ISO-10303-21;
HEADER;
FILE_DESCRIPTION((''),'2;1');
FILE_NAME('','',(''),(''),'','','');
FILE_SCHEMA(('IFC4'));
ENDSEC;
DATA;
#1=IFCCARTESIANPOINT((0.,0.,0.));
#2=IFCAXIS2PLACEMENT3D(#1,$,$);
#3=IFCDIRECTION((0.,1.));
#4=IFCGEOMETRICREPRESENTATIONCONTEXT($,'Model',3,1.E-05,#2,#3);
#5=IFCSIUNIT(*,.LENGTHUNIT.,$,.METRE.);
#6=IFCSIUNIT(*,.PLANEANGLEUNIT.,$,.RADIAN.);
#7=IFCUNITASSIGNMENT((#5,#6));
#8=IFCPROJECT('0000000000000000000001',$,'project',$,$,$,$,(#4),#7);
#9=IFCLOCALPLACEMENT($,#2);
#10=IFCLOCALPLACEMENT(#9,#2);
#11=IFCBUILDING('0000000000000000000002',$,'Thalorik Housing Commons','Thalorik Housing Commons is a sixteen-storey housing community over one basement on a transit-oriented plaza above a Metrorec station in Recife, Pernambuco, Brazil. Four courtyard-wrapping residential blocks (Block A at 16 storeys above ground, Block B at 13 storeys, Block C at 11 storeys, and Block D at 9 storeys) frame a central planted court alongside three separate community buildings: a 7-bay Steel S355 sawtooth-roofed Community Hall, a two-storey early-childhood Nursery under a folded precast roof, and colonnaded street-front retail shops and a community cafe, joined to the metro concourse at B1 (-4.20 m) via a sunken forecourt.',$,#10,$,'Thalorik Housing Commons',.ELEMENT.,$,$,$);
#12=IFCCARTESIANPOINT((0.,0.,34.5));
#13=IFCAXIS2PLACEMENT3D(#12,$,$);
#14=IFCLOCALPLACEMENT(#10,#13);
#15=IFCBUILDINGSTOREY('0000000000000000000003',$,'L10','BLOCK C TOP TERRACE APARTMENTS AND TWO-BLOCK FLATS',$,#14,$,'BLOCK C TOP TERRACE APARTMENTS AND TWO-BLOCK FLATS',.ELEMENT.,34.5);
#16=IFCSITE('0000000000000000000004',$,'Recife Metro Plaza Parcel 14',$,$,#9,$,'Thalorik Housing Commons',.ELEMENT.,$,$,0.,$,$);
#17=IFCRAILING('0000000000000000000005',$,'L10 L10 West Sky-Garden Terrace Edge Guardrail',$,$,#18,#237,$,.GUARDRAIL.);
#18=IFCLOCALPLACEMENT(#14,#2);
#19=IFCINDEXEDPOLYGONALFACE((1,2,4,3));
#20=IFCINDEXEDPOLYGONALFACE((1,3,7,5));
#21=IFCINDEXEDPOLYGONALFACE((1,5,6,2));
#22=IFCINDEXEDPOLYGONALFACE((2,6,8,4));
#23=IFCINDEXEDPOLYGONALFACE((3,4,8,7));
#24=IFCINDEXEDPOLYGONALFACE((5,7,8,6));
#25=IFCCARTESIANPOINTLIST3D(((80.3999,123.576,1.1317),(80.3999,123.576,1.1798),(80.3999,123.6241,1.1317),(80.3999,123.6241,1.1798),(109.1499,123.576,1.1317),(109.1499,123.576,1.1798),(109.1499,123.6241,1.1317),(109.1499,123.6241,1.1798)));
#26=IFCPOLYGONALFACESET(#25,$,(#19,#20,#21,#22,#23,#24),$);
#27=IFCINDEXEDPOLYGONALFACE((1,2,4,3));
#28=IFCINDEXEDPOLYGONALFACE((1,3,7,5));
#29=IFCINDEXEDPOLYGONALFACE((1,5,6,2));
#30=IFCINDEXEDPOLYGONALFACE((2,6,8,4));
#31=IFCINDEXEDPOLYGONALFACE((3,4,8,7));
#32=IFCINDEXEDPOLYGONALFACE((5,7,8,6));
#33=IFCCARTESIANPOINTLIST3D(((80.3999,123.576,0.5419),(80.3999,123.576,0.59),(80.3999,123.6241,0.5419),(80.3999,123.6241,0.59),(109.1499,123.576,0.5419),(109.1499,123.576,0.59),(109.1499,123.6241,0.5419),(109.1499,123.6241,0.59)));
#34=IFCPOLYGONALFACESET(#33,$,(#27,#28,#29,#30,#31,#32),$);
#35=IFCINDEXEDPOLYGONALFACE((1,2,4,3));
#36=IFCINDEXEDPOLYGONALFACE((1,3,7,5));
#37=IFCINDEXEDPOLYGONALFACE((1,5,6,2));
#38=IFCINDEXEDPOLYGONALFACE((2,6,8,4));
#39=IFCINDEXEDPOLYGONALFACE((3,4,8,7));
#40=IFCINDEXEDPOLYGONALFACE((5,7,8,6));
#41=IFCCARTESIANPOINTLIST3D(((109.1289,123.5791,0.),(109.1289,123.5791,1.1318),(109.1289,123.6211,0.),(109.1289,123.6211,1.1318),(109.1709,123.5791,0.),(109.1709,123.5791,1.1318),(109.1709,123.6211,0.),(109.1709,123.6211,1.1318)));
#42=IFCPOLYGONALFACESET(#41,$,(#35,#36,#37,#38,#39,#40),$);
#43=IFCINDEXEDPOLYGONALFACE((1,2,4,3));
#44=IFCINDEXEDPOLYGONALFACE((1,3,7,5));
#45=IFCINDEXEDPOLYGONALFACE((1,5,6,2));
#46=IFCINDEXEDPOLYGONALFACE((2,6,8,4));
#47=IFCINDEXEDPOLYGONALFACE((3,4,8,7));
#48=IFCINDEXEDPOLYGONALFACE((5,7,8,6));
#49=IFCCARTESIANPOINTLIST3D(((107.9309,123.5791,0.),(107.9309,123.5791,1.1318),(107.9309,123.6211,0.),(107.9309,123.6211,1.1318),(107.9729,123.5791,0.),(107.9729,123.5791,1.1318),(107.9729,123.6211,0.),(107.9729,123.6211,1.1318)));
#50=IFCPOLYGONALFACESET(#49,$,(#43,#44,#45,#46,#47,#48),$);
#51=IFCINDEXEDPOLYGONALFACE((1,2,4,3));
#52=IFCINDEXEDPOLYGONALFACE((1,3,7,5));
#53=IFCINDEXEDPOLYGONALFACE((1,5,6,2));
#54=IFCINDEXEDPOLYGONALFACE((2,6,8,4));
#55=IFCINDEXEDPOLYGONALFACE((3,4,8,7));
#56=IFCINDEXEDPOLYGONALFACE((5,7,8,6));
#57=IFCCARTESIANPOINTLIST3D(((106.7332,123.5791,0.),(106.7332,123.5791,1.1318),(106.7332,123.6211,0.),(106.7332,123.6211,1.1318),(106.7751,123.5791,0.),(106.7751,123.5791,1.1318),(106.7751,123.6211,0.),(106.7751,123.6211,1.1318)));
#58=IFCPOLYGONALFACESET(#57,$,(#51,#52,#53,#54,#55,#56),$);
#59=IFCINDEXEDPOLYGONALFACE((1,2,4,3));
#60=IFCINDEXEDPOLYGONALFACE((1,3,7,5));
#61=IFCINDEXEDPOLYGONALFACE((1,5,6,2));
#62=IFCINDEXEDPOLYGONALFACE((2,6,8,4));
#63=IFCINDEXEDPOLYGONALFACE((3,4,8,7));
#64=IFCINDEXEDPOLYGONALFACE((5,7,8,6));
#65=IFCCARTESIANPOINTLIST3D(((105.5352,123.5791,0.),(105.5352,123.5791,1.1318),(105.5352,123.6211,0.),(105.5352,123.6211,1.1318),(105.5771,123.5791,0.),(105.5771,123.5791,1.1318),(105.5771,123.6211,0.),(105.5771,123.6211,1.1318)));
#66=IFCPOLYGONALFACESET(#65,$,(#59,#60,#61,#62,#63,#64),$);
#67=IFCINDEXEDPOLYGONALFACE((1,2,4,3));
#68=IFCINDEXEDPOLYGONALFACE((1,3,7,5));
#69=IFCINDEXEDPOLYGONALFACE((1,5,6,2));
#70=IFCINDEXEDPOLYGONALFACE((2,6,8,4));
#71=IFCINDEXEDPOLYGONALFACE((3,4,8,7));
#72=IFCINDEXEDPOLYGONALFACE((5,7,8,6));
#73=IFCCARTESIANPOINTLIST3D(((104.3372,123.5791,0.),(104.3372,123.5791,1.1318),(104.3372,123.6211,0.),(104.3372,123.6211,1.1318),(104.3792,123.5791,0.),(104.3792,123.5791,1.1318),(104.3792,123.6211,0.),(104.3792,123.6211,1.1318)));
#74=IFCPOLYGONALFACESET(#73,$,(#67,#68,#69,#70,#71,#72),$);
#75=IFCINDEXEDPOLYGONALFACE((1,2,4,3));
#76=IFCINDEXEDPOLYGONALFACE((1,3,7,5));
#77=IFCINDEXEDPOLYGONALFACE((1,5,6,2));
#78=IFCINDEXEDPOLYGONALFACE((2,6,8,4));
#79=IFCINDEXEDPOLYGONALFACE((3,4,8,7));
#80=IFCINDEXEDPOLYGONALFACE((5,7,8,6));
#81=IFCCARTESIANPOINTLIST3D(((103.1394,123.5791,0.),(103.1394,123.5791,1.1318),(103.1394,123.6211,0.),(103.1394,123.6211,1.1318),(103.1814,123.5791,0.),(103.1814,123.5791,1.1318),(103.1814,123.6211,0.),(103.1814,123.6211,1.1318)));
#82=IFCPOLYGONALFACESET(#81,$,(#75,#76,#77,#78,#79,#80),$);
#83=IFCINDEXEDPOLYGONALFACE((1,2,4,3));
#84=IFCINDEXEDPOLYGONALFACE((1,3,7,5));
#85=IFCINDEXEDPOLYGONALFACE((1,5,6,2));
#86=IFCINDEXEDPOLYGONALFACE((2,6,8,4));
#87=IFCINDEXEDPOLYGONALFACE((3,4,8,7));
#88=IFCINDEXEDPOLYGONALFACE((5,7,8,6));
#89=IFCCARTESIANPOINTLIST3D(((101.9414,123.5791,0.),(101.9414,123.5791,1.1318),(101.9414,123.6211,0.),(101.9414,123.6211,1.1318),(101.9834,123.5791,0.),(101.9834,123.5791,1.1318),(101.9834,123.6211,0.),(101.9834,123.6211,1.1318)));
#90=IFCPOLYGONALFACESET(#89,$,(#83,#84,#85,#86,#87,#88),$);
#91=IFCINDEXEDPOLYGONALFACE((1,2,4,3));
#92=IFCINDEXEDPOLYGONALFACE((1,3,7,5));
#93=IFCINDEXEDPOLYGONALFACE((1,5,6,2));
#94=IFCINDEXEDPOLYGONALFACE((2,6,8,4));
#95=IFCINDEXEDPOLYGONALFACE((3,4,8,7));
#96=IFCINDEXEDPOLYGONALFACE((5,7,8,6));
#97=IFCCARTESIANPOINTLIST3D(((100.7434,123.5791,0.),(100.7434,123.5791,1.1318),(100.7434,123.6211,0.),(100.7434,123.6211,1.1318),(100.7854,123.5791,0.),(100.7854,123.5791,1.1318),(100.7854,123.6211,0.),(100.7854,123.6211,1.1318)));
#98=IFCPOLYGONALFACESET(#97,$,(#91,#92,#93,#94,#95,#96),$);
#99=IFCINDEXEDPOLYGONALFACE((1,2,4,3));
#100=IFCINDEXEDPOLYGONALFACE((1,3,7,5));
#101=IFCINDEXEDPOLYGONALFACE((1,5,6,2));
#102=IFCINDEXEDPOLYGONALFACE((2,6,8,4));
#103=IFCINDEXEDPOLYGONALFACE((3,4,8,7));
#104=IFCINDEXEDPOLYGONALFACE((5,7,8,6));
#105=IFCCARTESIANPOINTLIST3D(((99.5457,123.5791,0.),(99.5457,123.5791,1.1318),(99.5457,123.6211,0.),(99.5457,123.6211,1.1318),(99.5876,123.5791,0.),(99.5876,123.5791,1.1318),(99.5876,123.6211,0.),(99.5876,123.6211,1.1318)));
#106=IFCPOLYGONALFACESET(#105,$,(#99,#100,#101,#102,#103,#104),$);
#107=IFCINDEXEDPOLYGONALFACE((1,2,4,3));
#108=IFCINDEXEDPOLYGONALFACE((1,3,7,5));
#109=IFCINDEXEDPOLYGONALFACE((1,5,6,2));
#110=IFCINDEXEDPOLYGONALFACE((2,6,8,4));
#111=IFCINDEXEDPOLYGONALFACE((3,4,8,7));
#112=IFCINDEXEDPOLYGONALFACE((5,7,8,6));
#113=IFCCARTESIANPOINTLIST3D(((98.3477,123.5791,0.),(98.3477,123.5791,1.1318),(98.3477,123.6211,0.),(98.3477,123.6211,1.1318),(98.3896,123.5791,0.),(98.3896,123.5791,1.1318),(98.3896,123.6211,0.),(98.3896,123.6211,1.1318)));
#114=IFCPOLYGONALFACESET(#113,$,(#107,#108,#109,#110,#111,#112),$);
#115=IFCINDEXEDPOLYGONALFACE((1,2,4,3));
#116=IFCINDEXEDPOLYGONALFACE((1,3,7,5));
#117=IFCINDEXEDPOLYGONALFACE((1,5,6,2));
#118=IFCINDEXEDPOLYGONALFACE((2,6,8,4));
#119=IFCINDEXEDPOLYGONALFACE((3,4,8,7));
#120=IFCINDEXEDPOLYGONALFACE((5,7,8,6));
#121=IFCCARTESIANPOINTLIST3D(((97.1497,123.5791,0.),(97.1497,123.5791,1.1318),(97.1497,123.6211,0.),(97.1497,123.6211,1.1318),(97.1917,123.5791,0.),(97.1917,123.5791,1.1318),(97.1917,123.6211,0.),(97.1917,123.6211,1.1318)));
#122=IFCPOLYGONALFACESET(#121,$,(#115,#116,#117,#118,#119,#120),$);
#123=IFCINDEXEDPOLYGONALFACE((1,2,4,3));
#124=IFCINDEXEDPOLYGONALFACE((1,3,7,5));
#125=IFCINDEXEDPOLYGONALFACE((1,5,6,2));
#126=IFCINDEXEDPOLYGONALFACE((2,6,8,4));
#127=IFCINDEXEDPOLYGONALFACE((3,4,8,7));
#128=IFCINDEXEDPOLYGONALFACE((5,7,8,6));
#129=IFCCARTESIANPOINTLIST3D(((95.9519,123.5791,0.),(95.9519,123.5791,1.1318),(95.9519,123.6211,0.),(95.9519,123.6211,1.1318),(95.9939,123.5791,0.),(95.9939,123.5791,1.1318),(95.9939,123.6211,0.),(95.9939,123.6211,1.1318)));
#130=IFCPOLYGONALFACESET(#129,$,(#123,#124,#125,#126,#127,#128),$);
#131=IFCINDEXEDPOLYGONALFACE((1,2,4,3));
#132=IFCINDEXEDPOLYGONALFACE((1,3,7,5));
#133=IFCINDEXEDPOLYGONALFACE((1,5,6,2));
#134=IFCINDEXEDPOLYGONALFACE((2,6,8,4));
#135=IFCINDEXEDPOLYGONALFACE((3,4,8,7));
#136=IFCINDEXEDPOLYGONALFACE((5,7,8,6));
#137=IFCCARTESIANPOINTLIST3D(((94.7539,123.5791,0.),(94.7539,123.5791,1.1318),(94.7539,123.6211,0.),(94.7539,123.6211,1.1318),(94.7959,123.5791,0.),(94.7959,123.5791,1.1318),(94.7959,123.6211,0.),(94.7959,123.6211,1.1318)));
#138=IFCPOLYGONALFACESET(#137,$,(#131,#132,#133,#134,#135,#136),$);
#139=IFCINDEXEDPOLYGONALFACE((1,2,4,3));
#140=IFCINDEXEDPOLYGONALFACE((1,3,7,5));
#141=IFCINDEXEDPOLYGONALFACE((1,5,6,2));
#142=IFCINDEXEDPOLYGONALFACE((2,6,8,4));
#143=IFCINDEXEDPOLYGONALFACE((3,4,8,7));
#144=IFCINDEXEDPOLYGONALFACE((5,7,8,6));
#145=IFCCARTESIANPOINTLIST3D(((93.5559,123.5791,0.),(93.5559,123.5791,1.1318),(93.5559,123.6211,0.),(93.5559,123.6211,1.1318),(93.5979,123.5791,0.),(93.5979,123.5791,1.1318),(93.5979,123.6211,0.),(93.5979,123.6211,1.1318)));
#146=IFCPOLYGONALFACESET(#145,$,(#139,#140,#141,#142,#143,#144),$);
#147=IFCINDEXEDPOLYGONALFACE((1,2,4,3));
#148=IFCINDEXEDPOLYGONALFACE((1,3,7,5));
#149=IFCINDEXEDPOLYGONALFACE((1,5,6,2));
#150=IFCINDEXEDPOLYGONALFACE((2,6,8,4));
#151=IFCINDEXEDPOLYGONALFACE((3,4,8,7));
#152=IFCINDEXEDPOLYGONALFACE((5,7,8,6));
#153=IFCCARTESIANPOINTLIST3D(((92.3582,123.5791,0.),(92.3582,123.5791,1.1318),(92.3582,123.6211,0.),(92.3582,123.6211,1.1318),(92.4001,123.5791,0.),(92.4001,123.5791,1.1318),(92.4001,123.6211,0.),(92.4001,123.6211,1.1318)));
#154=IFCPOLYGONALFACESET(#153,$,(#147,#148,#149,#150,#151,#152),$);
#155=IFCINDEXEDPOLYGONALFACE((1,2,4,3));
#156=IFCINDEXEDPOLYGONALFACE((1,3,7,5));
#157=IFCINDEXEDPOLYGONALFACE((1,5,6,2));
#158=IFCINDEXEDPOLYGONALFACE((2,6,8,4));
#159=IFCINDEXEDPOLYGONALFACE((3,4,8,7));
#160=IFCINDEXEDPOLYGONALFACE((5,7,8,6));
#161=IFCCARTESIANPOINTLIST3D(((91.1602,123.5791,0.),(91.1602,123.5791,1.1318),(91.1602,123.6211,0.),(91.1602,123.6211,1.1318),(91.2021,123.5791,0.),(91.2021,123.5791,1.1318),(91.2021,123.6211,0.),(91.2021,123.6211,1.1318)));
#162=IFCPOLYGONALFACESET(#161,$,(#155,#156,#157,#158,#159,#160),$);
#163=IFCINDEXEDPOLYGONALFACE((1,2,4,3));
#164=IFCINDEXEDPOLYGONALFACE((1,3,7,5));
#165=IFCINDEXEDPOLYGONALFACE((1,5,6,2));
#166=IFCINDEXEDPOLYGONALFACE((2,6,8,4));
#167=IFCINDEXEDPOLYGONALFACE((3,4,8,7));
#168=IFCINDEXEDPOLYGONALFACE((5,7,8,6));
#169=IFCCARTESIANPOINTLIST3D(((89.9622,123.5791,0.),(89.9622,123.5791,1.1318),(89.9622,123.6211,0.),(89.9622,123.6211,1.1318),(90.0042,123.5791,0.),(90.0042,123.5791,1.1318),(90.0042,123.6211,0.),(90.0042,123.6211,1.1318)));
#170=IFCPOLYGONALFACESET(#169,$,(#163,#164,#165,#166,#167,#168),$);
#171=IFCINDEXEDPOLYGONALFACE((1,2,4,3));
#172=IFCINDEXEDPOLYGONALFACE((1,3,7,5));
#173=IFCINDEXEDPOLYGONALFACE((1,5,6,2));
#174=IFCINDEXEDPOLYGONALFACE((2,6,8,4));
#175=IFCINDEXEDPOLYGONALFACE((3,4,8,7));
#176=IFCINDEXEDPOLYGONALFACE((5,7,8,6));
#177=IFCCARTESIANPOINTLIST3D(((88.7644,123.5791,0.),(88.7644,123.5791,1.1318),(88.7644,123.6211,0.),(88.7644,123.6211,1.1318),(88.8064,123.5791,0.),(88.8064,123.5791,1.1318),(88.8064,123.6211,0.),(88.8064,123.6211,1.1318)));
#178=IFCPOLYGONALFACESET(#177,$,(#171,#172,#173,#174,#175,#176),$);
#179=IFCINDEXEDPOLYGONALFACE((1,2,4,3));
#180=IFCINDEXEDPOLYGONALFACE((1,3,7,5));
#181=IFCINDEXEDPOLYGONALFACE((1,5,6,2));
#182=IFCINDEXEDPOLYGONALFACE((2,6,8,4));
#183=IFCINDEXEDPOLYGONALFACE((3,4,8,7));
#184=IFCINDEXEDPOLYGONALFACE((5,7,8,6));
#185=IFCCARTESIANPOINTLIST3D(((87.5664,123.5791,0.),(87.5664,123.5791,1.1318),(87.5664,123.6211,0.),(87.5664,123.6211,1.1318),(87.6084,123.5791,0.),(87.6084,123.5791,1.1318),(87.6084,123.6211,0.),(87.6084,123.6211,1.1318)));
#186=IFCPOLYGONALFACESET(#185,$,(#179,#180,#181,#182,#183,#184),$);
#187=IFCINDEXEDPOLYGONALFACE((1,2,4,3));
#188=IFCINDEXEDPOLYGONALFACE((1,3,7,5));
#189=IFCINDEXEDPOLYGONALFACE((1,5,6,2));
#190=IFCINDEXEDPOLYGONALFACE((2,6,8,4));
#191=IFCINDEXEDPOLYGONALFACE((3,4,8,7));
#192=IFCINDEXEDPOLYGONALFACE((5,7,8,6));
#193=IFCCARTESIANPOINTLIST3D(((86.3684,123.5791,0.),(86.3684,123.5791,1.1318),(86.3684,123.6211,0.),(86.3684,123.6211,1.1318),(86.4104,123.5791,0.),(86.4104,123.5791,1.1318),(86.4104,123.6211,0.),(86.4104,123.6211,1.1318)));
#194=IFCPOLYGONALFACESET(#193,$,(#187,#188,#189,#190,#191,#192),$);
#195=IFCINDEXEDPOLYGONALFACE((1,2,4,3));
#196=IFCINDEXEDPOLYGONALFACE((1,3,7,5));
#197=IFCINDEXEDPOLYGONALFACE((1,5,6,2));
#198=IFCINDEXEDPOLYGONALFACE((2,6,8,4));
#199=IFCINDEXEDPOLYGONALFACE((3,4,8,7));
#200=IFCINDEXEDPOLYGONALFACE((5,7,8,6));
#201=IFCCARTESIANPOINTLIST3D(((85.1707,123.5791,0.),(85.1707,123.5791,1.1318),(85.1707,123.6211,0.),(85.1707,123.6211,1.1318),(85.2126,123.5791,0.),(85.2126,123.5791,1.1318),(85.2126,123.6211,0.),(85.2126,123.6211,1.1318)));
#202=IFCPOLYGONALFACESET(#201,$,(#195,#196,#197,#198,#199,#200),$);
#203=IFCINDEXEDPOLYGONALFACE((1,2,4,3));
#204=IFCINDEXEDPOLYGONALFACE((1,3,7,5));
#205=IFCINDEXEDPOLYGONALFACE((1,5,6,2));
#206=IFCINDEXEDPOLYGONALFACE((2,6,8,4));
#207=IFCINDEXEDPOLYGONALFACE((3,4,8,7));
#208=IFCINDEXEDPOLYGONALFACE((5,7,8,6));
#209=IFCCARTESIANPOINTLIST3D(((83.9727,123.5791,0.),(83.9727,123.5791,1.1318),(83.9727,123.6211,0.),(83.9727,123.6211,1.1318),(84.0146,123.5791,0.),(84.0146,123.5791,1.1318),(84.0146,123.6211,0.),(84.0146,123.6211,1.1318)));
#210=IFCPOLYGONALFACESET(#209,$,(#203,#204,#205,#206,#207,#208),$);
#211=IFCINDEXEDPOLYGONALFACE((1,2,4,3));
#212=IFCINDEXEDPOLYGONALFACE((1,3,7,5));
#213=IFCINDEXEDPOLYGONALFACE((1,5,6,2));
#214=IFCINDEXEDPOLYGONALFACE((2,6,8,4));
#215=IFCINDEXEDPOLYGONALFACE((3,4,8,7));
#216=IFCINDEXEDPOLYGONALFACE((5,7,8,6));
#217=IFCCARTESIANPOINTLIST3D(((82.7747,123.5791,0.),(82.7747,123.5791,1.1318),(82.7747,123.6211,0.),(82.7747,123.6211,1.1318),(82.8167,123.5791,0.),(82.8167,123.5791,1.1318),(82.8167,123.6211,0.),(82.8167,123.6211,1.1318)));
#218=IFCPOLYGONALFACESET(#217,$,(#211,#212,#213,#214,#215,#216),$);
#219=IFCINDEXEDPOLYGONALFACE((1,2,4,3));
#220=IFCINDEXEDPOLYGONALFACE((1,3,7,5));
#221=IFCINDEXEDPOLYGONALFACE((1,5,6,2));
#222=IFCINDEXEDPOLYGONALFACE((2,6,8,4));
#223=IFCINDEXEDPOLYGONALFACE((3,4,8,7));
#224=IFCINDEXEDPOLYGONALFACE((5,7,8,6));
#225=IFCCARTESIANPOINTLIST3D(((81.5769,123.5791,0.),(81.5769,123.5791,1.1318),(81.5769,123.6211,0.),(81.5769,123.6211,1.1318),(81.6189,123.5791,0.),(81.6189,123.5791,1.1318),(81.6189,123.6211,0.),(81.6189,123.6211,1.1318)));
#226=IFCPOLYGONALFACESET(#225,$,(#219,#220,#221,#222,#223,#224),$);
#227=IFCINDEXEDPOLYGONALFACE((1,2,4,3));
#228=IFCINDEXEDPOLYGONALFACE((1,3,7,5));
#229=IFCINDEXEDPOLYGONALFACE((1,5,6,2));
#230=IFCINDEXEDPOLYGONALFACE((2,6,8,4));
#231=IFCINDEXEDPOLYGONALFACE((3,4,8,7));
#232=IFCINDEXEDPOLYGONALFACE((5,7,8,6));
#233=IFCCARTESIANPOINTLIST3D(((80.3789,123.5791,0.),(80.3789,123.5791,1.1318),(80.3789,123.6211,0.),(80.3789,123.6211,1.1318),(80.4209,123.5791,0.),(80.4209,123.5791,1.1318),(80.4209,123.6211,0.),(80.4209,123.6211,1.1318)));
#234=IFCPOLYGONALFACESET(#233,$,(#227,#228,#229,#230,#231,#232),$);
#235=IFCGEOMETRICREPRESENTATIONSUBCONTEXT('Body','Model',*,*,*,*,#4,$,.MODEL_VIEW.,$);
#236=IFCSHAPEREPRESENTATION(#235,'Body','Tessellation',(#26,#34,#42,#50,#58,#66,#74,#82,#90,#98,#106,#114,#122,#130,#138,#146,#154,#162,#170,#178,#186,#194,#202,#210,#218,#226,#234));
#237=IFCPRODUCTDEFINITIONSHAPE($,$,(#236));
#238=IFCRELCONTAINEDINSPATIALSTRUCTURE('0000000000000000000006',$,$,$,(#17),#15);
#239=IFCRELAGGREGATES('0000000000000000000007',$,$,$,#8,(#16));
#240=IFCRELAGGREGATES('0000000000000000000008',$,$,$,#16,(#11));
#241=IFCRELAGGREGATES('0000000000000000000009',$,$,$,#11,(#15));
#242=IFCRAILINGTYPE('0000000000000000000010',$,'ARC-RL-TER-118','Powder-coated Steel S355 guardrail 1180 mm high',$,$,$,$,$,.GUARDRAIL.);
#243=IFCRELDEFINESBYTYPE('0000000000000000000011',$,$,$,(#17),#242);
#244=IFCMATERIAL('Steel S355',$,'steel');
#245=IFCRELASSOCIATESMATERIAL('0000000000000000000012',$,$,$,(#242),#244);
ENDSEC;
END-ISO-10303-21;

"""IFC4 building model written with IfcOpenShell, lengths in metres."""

from ifc_helpers import new_model, si_unit, direction, frame, origin, origin_2d, place, context, subcontext, project, spatial, rectangle, extrude, material, type_object, element, save


model = new_model("IFC4")

# Units and contexts
model_context = context("Model", 3, precision=1e-05, world=origin(), true_north=direction((0.0, 1.0)))
body_context = subcontext(model_context, "Body", "Model", "MODEL_VIEW")
ifc_project = project(units=[si_unit("LENGTHUNIT", "METRE"), si_unit("PLANEANGLEUNIT", "RADIAN")], contexts=[model_context])

# Site, building, storey
site_placement = place(None, origin())
site = spatial("IfcSite", under=ifc_project, at=site_placement, Name="Recife Metro Plaza Parcel 14", LongName="Thalorik Housing Commons", CompositionType="ELEMENT", RefElevation=0.0)
building_placement = place(site_placement, origin())
building = spatial("IfcBuilding", under=site, at=building_placement, Name="Thalorik Housing Commons", Description="Thalorik Housing Commons is a sixteen-storey housing community over one basement on a transit-oriented plaza above a Metrorec station in Recife, Pernambuco, Brazil. Four courtyard-wrapping residential blocks (Block A at 16 storeys above ground, Block B at 13 storeys, Block C at 11 storeys, and Block D at 9 storeys) frame a central planted court alongside three separate community buildings: a 7-bay Steel S355 sawtooth-roofed Community Hall, a two-storey early-childhood Nursery under a folded precast roof, and colonnaded street-front retail shops and a community cafe, joined to the metro concourse at B1 (-4.20 m) via a sunken forecourt.", LongName="Thalorik Housing Commons", CompositionType="ELEMENT")
storey_placement = place(building_placement, frame((0.0, 0.0, 34.5)))
storey = spatial("IfcBuildingStorey", under=building, at=storey_placement, Name="L10", Description="BLOCK C TOP TERRACE APARTMENTS AND TWO-BLOCK FLATS", LongName="BLOCK C TOP TERRACE APARTMENTS AND TWO-BLOCK FLATS", CompositionType="ELEMENT", Elevation=34.5)

# Railing
ifc_material_1 = material(Name="Steel S355", Category="steel")
railing_type_1 = type_object("IfcRailingType", Name="ARC-RL-TER-118", Description="Powder-coated Steel S355 guardrail 1180 mm high", PredefinedType="GUARDRAIL", material=ifc_material_1)
railing_1_placement = place(storey_placement, frame((109.1499, 123.6001, 0.0)))
element("IfcRailing", 1, at=railing_1_placement, inside=storey, type_object=railing_type_1, Name="L10 L10 West Sky-Garden Terrace Edge Guardrail", PredefinedType="GUARDRAIL", context=body_context, shape_type="SweptSolid", body=[
    extrude(rectangle(XDim=0.0481, YDim=0.0481, at=origin_2d()), frame((0.0, 0.0, 1.1558), z_axis=(-1.0, 0.0, 0.0), x_axis=(0.0, -1.0, 0.0)), (0.0, 0.0, 1.0), 28.75),
    extrude(rectangle(XDim=0.0481, YDim=0.0481, at=origin_2d()), frame((0.0, 0.0, 0.5659), z_axis=(-1.0, 0.0, 0.0), x_axis=(0.0, -1.0, 0.0)), (0.0, 0.0, 1.0), 28.75),
    extrude(rectangle(XDim=0.042, YDim=0.042, at=origin_2d()), origin(), (0.0, 0.0, 1.0), 1.1318),
    extrude(rectangle(XDim=0.042, YDim=0.042, at=origin_2d()), frame((-1.198, 0.0, 0.0)), (0.0, 0.0, 1.0), 1.1318),
    extrude(rectangle(XDim=0.042, YDim=0.042, at=origin_2d()), frame((-2.3958, 0.0, 0.0)), (0.0, 0.0, 1.0), 1.1318),
    extrude(rectangle(XDim=0.042, YDim=0.042, at=origin_2d()), frame((-3.5938, 0.0, 0.0)), (0.0, 0.0, 1.0), 1.1318),
    extrude(rectangle(XDim=0.042, YDim=0.042, at=origin_2d()), frame((-4.7917, 0.0, 0.0)), (0.0, 0.0, 1.0), 1.1318),
    extrude(rectangle(XDim=0.042, YDim=0.042, at=origin_2d()), frame((-5.9895, 0.0, 0.0)), (0.0, 0.0, 1.0), 1.1318),
    extrude(rectangle(XDim=0.042, YDim=0.042, at=origin_2d()), frame((-7.1875, 0.0, 0.0)), (0.0, 0.0, 1.0), 1.1318),
    extrude(rectangle(XDim=0.042, YDim=0.042, at=origin_2d()), frame((-8.3855, 0.0, 0.0)), (0.0, 0.0, 1.0), 1.1318),
    extrude(rectangle(XDim=0.042, YDim=0.042, at=origin_2d()), frame((-9.5833, 0.0, 0.0)), (0.0, 0.0, 1.0), 1.1318),
    extrude(rectangle(XDim=0.042, YDim=0.042, at=origin_2d()), frame((-10.7812, 0.0, 0.0)), (0.0, 0.0, 1.0), 1.1318),
    extrude(rectangle(XDim=0.042, YDim=0.042, at=origin_2d()), frame((-11.9792, 0.0, 0.0)), (0.0, 0.0, 1.0), 1.1318),
    extrude(rectangle(XDim=0.042, YDim=0.042, at=origin_2d()), frame((-13.177, 0.0, 0.0)), (0.0, 0.0, 1.0), 1.1318),
    extrude(rectangle(XDim=0.042, YDim=0.042, at=origin_2d()), frame((-14.375, 0.0, 0.0)), (0.0, 0.0, 1.0), 1.1318),
    extrude(rectangle(XDim=0.042, YDim=0.042, at=origin_2d()), frame((-15.573, 0.0, 0.0)), (0.0, 0.0, 1.0), 1.1318),
    extrude(rectangle(XDim=0.042, YDim=0.042, at=origin_2d()), frame((-16.7708, 0.0, 0.0)), (0.0, 0.0, 1.0), 1.1318),
    extrude(rectangle(XDim=0.042, YDim=0.042, at=origin_2d()), frame((-17.9688, 0.0, 0.0)), (0.0, 0.0, 1.0), 1.1318),
    extrude(rectangle(XDim=0.042, YDim=0.042, at=origin_2d()), frame((-19.1667, 0.0, 0.0)), (0.0, 0.0, 1.0), 1.1318),
    extrude(rectangle(XDim=0.042, YDim=0.042, at=origin_2d()), frame((-20.3645, 0.0, 0.0)), (0.0, 0.0, 1.0), 1.1318),
    extrude(rectangle(XDim=0.042, YDim=0.042, at=origin_2d()), frame((-21.5625, 0.0, 0.0)), (0.0, 0.0, 1.0), 1.1318),
    extrude(rectangle(XDim=0.042, YDim=0.042, at=origin_2d()), frame((-22.7605, 0.0, 0.0)), (0.0, 0.0, 1.0), 1.1318),
    extrude(rectangle(XDim=0.042, YDim=0.042, at=origin_2d()), frame((-23.9583, 0.0, 0.0)), (0.0, 0.0, 1.0), 1.1318),
    extrude(rectangle(XDim=0.042, YDim=0.042, at=origin_2d()), frame((-25.1562, 0.0, 0.0)), (0.0, 0.0, 1.0), 1.1318),
    extrude(rectangle(XDim=0.042, YDim=0.042, at=origin_2d()), frame((-26.3542, 0.0, 0.0)), (0.0, 0.0, 1.0), 1.1318),
    extrude(rectangle(XDim=0.042, YDim=0.042, at=origin_2d()), frame((-27.552, 0.0, 0.0)), (0.0, 0.0, 1.0), 1.1318),
    extrude(rectangle(XDim=0.042, YDim=0.042, at=origin_2d()), frame((-28.75, 0.0, 0.0)), (0.0, 0.0, 1.0), 1.1318),
])

save(model, "model.ifc")
